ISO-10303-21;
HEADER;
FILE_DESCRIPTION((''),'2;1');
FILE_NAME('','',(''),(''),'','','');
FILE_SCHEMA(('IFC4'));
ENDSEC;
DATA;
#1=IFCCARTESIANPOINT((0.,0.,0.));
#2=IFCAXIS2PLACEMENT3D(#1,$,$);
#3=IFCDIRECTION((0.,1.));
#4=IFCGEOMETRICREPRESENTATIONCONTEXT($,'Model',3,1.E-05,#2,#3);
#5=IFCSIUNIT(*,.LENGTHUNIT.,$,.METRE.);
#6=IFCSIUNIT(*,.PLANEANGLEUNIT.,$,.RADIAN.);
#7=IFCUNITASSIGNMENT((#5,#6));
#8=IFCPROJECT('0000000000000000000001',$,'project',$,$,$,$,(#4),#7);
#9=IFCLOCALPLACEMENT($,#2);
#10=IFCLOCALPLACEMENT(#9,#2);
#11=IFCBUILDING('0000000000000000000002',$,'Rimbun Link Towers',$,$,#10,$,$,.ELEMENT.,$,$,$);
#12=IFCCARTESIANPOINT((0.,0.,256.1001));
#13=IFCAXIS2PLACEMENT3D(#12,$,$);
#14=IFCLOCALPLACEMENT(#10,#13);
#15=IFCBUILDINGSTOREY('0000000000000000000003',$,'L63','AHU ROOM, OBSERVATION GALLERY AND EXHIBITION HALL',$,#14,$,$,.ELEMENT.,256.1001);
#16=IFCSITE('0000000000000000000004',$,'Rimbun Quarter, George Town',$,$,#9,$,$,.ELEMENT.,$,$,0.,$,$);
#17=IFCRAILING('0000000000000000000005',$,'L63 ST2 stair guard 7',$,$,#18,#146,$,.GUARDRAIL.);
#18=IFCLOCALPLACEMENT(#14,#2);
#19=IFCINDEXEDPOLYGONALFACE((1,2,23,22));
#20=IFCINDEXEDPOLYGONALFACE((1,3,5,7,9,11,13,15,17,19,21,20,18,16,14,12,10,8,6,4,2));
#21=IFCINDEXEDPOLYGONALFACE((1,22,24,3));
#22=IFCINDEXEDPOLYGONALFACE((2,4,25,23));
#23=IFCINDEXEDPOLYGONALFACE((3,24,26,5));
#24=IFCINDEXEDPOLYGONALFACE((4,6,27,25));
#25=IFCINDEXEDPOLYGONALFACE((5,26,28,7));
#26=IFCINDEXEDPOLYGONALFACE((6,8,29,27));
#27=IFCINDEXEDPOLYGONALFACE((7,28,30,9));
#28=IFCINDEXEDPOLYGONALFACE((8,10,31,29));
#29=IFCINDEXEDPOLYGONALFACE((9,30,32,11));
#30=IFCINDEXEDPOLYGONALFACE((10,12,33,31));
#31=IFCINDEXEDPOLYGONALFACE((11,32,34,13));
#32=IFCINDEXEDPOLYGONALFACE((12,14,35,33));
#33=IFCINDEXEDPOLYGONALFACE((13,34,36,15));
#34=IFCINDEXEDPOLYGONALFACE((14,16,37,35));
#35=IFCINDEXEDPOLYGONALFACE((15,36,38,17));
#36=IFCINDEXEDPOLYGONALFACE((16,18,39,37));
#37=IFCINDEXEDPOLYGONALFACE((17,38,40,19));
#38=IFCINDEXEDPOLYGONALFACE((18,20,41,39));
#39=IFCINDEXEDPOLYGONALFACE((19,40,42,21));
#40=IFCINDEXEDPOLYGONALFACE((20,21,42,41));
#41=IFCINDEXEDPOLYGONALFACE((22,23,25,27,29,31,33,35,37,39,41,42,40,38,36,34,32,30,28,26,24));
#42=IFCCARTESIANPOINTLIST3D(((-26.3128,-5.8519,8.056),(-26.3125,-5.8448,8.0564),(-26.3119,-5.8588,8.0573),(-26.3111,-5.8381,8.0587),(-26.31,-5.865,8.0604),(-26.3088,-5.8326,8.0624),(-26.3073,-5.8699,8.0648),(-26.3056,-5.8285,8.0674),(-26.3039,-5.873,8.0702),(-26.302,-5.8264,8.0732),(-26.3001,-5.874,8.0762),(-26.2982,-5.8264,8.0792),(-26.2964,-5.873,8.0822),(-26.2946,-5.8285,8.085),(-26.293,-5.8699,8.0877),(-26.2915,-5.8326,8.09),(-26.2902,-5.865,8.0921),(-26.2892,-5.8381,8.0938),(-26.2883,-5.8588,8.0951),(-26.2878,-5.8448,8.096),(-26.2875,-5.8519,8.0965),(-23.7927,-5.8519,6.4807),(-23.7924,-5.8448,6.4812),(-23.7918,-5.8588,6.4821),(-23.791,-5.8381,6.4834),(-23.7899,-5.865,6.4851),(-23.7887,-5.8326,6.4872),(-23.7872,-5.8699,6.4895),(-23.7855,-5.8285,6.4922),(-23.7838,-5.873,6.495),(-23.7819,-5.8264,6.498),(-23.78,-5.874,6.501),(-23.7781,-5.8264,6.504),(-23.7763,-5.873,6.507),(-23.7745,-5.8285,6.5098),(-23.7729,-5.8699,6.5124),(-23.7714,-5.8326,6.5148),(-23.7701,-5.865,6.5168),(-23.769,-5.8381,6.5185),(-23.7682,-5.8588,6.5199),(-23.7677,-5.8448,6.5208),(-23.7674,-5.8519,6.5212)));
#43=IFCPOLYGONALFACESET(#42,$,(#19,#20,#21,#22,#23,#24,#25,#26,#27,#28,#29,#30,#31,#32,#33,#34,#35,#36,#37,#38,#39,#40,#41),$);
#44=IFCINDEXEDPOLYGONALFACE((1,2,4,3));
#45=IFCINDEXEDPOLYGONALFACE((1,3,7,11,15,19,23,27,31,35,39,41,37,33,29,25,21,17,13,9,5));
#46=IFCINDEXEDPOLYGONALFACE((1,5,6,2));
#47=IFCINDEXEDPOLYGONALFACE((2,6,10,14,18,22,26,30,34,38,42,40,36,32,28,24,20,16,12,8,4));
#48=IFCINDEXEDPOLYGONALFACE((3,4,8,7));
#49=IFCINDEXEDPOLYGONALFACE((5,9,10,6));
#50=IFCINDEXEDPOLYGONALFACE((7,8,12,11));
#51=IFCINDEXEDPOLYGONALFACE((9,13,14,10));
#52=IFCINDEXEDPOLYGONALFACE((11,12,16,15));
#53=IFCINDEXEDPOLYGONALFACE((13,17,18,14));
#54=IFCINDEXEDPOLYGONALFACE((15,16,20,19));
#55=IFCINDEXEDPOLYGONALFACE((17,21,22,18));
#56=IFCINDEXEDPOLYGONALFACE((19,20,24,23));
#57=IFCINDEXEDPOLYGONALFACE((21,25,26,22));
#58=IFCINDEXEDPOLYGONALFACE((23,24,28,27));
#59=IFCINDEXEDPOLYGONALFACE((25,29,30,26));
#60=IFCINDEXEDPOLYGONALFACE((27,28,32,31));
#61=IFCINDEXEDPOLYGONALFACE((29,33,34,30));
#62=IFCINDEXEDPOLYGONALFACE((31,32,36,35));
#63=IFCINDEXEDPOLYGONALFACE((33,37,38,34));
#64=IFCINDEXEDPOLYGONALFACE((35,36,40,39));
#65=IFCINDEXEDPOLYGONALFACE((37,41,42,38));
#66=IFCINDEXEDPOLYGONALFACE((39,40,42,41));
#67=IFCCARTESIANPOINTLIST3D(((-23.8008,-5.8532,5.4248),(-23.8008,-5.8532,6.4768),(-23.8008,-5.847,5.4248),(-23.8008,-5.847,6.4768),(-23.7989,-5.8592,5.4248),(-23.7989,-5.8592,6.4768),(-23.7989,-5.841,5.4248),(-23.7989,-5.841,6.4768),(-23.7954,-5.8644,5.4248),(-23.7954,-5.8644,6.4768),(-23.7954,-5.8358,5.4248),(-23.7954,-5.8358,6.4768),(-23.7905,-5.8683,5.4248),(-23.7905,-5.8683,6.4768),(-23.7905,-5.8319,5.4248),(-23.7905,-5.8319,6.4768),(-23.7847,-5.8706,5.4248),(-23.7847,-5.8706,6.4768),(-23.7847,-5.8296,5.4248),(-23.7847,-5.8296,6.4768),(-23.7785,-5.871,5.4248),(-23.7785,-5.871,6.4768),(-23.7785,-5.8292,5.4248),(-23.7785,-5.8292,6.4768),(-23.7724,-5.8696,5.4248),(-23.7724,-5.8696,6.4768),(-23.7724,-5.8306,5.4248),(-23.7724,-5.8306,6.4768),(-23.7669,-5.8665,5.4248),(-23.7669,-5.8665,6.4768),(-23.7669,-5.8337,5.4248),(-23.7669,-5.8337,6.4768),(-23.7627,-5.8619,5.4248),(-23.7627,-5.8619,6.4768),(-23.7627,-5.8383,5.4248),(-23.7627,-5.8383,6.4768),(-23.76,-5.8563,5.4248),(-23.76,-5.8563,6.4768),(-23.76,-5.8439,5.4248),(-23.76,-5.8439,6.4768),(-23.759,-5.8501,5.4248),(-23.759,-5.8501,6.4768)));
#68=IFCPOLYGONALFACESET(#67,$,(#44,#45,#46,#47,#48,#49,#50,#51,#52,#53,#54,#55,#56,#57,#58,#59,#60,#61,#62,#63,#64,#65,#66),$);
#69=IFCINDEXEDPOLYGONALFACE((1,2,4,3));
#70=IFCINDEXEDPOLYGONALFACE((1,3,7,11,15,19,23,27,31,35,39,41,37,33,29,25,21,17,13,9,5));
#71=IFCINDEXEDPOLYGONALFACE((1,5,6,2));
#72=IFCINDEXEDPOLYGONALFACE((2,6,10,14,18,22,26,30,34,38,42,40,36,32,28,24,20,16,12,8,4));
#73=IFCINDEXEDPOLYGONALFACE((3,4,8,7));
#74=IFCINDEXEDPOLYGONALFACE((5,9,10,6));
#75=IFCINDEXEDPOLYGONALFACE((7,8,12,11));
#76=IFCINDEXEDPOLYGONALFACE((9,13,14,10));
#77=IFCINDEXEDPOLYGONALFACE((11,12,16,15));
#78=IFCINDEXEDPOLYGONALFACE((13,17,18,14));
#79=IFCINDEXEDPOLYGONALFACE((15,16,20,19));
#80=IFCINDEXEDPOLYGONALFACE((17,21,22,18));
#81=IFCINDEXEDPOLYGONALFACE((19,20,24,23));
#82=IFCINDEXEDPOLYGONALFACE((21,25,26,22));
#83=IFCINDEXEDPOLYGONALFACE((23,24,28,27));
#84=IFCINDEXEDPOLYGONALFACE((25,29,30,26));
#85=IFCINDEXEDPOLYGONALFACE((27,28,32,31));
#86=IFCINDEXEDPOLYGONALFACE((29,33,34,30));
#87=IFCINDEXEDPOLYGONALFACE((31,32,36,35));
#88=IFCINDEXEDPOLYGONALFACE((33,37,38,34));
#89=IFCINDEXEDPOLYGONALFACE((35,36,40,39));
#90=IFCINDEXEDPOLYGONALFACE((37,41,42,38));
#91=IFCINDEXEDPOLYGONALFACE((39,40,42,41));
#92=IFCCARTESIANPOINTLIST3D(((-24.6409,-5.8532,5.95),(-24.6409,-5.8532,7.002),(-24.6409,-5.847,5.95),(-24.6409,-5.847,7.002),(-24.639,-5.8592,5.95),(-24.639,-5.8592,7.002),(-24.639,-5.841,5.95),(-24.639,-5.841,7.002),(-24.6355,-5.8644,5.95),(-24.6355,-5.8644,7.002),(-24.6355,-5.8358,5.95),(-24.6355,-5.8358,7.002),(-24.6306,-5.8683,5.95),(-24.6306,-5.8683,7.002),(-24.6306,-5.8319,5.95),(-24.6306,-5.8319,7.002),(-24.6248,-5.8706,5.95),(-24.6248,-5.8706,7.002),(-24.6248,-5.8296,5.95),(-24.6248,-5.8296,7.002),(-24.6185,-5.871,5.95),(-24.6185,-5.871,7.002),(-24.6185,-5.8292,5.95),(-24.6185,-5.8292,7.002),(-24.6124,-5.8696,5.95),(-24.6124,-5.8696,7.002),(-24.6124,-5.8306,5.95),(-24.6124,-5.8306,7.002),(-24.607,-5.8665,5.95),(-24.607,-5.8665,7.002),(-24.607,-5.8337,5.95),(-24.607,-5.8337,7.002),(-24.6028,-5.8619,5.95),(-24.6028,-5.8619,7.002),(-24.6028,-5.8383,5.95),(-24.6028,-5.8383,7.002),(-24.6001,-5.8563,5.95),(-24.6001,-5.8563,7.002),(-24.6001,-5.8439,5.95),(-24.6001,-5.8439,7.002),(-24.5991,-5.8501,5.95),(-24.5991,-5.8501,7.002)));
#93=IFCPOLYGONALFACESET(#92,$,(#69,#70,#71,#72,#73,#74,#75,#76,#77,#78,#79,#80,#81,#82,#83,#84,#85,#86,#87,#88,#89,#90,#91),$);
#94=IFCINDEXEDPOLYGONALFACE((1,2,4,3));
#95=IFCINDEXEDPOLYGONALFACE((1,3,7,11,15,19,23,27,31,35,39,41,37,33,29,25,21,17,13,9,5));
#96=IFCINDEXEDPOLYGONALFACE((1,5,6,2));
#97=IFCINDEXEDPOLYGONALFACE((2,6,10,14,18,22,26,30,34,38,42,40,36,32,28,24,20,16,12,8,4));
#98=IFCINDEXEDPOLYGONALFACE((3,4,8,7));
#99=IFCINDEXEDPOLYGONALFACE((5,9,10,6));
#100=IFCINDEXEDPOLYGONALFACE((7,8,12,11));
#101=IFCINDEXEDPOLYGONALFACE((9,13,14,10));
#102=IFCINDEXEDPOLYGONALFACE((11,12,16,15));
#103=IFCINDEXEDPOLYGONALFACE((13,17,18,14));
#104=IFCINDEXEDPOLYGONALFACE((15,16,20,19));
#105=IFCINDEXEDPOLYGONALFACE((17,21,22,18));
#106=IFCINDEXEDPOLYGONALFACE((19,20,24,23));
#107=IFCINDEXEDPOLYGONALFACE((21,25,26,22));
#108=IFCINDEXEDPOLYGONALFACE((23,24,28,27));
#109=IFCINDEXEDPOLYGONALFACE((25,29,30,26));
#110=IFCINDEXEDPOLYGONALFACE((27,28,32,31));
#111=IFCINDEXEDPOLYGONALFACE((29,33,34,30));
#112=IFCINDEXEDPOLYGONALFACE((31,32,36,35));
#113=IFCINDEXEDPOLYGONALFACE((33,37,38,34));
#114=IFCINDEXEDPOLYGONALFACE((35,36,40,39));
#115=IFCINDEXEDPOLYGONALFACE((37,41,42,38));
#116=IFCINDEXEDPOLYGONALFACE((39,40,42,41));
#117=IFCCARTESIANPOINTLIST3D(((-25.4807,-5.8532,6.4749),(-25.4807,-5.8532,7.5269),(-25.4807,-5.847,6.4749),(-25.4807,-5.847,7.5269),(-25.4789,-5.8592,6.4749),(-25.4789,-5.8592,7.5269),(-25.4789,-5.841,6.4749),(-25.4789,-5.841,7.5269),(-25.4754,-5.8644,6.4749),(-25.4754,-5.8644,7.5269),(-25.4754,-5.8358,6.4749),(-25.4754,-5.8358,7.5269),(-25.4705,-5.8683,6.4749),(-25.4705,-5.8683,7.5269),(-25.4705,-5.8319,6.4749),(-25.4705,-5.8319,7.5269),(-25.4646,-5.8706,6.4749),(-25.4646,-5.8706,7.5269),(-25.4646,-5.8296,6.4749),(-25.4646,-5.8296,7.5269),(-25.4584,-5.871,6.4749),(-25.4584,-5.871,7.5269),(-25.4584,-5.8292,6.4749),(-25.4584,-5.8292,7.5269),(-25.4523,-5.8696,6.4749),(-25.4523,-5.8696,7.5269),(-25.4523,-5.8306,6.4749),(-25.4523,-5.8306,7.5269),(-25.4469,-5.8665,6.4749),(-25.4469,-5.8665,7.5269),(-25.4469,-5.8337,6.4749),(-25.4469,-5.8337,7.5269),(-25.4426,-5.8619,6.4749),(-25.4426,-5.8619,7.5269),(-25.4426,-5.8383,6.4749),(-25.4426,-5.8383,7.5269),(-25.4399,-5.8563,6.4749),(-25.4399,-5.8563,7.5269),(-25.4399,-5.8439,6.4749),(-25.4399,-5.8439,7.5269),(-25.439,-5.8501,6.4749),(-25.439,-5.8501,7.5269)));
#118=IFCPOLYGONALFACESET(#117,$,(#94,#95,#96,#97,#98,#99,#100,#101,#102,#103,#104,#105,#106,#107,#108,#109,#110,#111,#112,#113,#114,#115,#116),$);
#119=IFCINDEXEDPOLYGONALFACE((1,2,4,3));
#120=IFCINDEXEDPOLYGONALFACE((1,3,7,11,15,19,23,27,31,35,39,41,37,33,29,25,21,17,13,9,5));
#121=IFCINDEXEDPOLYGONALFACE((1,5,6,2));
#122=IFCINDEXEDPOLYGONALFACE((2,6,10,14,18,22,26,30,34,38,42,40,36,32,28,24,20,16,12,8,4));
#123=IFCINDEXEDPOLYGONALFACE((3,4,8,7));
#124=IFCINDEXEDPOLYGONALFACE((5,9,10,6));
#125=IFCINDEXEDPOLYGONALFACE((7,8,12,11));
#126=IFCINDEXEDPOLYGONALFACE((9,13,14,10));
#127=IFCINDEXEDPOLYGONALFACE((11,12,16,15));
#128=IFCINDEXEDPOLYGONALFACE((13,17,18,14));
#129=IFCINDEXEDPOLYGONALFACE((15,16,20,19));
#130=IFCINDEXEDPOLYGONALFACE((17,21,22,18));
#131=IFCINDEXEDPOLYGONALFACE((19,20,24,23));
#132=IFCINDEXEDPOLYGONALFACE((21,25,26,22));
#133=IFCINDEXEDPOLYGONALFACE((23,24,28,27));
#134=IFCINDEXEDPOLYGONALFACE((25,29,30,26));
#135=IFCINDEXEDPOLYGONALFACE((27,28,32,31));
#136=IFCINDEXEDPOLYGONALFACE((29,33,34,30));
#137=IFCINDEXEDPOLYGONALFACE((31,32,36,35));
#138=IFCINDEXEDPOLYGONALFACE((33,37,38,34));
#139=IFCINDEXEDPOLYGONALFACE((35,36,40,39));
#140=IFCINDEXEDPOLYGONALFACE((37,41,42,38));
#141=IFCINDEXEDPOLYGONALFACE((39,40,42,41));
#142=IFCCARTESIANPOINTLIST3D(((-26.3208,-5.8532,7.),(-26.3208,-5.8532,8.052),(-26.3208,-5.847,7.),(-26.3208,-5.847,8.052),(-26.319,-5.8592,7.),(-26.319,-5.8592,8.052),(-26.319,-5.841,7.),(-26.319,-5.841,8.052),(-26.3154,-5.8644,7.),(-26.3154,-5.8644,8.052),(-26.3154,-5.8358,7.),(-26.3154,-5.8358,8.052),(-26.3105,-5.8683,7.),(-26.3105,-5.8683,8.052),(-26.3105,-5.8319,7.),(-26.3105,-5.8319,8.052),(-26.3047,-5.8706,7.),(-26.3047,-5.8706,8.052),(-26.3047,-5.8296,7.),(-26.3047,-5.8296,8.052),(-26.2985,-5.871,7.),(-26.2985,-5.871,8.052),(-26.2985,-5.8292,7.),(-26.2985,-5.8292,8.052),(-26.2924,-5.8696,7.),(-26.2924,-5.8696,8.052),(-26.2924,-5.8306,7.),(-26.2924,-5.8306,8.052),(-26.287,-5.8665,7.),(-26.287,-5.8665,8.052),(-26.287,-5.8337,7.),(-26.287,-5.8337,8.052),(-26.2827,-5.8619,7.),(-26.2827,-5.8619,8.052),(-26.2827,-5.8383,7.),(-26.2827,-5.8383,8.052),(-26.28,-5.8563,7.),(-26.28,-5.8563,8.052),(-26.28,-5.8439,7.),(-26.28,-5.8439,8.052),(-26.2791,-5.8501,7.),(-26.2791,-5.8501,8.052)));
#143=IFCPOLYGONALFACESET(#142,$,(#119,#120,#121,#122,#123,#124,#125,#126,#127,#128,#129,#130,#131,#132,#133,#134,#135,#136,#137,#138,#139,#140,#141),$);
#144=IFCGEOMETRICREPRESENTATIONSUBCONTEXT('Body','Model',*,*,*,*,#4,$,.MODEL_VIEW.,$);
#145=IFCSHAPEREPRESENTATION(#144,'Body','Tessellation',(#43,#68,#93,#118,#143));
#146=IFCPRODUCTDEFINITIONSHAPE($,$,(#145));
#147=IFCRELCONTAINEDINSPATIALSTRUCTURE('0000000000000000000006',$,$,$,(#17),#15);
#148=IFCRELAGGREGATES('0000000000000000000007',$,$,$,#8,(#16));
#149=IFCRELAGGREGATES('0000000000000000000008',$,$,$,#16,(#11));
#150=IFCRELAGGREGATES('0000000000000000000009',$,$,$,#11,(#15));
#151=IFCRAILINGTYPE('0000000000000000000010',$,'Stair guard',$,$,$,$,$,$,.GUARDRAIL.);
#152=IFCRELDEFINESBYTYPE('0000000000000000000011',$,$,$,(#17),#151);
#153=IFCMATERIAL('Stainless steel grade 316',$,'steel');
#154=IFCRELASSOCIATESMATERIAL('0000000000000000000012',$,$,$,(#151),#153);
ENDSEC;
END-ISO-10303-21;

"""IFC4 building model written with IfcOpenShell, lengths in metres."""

from ifc_helpers import new_model, si_unit, direction, frame, origin, origin_2d, place, context, subcontext, project, spatial, circle, extrude, material, type_object, element, save


model = new_model("IFC4")

# Units and contexts
model_context = context("Model", 3, precision=1e-05, world=origin(), true_north=direction((0.0, 1.0)))
body_context = subcontext(model_context, "Body", "Model", "MODEL_VIEW")
ifc_project = project(units=[si_unit("LENGTHUNIT", "METRE"), si_unit("PLANEANGLEUNIT", "RADIAN")], contexts=[model_context])

# Site, building, storey
site_placement = place(None, origin())
site = spatial("IfcSite", under=ifc_project, at=site_placement, Name="Rimbun Quarter, George Town", CompositionType="ELEMENT", RefElevation=0.0)
building_placement = place(site_placement, origin())
building = spatial("IfcBuilding", under=site, at=building_placement, Name="Rimbun Link Towers", CompositionType="ELEMENT")
storey_placement = place(building_placement, frame((0.0, 0.0, 256.1001)))
storey = spatial("IfcBuildingStorey", under=building, at=storey_placement, Name="L63", Description="AHU ROOM, OBSERVATION GALLERY AND EXHIBITION HALL", CompositionType="ELEMENT", Elevation=256.1001)

# Railing
ifc_material_1 = material(Name="Stainless steel grade 316", Category="steel")
railing_type_1 = type_object("IfcRailingType", Name="Stair guard", PredefinedType="GUARDRAIL", material=ifc_material_1)
railing_1_placement = place(storey_placement, frame((-23.78, -5.8501, 5.4248)))
element("IfcRailing", 1, at=railing_1_placement, inside=storey, type_object=railing_type_1, Name="L63 ST2 stair guard 7", PredefinedType="GUARDRAIL", context=body_context, shape_type="SweptSolid", body=[
    extrude(circle(Radius=0.0239, at=origin_2d()), frame((0.0, 0.0, 1.0762), z_axis=(-0.847971, 0.0, 0.530043), x_axis=(0.0, -1.0, 0.0)), (0.0, 0.0, 1.0), 2.9719),
    extrude(circle(Radius=0.021, at=origin_2d()), origin(), (0.0, 0.0, 1.0), 1.052),
    extrude(circle(Radius=0.021, at=origin_2d()), frame((-0.8401, 0.0, 0.5251)), (0.0, 0.0, 1.0), 1.052),
    extrude(circle(Radius=0.021, at=origin_2d()), frame((-1.6799, 0.0, 1.05)), (0.0, 0.0, 1.0), 1.052),
    extrude(circle(Radius=0.021, at=origin_2d()), frame((-2.52, 0.0, 1.5752)), (0.0, 0.0, 1.0), 1.052),
])

save(model, "model.ifc")
